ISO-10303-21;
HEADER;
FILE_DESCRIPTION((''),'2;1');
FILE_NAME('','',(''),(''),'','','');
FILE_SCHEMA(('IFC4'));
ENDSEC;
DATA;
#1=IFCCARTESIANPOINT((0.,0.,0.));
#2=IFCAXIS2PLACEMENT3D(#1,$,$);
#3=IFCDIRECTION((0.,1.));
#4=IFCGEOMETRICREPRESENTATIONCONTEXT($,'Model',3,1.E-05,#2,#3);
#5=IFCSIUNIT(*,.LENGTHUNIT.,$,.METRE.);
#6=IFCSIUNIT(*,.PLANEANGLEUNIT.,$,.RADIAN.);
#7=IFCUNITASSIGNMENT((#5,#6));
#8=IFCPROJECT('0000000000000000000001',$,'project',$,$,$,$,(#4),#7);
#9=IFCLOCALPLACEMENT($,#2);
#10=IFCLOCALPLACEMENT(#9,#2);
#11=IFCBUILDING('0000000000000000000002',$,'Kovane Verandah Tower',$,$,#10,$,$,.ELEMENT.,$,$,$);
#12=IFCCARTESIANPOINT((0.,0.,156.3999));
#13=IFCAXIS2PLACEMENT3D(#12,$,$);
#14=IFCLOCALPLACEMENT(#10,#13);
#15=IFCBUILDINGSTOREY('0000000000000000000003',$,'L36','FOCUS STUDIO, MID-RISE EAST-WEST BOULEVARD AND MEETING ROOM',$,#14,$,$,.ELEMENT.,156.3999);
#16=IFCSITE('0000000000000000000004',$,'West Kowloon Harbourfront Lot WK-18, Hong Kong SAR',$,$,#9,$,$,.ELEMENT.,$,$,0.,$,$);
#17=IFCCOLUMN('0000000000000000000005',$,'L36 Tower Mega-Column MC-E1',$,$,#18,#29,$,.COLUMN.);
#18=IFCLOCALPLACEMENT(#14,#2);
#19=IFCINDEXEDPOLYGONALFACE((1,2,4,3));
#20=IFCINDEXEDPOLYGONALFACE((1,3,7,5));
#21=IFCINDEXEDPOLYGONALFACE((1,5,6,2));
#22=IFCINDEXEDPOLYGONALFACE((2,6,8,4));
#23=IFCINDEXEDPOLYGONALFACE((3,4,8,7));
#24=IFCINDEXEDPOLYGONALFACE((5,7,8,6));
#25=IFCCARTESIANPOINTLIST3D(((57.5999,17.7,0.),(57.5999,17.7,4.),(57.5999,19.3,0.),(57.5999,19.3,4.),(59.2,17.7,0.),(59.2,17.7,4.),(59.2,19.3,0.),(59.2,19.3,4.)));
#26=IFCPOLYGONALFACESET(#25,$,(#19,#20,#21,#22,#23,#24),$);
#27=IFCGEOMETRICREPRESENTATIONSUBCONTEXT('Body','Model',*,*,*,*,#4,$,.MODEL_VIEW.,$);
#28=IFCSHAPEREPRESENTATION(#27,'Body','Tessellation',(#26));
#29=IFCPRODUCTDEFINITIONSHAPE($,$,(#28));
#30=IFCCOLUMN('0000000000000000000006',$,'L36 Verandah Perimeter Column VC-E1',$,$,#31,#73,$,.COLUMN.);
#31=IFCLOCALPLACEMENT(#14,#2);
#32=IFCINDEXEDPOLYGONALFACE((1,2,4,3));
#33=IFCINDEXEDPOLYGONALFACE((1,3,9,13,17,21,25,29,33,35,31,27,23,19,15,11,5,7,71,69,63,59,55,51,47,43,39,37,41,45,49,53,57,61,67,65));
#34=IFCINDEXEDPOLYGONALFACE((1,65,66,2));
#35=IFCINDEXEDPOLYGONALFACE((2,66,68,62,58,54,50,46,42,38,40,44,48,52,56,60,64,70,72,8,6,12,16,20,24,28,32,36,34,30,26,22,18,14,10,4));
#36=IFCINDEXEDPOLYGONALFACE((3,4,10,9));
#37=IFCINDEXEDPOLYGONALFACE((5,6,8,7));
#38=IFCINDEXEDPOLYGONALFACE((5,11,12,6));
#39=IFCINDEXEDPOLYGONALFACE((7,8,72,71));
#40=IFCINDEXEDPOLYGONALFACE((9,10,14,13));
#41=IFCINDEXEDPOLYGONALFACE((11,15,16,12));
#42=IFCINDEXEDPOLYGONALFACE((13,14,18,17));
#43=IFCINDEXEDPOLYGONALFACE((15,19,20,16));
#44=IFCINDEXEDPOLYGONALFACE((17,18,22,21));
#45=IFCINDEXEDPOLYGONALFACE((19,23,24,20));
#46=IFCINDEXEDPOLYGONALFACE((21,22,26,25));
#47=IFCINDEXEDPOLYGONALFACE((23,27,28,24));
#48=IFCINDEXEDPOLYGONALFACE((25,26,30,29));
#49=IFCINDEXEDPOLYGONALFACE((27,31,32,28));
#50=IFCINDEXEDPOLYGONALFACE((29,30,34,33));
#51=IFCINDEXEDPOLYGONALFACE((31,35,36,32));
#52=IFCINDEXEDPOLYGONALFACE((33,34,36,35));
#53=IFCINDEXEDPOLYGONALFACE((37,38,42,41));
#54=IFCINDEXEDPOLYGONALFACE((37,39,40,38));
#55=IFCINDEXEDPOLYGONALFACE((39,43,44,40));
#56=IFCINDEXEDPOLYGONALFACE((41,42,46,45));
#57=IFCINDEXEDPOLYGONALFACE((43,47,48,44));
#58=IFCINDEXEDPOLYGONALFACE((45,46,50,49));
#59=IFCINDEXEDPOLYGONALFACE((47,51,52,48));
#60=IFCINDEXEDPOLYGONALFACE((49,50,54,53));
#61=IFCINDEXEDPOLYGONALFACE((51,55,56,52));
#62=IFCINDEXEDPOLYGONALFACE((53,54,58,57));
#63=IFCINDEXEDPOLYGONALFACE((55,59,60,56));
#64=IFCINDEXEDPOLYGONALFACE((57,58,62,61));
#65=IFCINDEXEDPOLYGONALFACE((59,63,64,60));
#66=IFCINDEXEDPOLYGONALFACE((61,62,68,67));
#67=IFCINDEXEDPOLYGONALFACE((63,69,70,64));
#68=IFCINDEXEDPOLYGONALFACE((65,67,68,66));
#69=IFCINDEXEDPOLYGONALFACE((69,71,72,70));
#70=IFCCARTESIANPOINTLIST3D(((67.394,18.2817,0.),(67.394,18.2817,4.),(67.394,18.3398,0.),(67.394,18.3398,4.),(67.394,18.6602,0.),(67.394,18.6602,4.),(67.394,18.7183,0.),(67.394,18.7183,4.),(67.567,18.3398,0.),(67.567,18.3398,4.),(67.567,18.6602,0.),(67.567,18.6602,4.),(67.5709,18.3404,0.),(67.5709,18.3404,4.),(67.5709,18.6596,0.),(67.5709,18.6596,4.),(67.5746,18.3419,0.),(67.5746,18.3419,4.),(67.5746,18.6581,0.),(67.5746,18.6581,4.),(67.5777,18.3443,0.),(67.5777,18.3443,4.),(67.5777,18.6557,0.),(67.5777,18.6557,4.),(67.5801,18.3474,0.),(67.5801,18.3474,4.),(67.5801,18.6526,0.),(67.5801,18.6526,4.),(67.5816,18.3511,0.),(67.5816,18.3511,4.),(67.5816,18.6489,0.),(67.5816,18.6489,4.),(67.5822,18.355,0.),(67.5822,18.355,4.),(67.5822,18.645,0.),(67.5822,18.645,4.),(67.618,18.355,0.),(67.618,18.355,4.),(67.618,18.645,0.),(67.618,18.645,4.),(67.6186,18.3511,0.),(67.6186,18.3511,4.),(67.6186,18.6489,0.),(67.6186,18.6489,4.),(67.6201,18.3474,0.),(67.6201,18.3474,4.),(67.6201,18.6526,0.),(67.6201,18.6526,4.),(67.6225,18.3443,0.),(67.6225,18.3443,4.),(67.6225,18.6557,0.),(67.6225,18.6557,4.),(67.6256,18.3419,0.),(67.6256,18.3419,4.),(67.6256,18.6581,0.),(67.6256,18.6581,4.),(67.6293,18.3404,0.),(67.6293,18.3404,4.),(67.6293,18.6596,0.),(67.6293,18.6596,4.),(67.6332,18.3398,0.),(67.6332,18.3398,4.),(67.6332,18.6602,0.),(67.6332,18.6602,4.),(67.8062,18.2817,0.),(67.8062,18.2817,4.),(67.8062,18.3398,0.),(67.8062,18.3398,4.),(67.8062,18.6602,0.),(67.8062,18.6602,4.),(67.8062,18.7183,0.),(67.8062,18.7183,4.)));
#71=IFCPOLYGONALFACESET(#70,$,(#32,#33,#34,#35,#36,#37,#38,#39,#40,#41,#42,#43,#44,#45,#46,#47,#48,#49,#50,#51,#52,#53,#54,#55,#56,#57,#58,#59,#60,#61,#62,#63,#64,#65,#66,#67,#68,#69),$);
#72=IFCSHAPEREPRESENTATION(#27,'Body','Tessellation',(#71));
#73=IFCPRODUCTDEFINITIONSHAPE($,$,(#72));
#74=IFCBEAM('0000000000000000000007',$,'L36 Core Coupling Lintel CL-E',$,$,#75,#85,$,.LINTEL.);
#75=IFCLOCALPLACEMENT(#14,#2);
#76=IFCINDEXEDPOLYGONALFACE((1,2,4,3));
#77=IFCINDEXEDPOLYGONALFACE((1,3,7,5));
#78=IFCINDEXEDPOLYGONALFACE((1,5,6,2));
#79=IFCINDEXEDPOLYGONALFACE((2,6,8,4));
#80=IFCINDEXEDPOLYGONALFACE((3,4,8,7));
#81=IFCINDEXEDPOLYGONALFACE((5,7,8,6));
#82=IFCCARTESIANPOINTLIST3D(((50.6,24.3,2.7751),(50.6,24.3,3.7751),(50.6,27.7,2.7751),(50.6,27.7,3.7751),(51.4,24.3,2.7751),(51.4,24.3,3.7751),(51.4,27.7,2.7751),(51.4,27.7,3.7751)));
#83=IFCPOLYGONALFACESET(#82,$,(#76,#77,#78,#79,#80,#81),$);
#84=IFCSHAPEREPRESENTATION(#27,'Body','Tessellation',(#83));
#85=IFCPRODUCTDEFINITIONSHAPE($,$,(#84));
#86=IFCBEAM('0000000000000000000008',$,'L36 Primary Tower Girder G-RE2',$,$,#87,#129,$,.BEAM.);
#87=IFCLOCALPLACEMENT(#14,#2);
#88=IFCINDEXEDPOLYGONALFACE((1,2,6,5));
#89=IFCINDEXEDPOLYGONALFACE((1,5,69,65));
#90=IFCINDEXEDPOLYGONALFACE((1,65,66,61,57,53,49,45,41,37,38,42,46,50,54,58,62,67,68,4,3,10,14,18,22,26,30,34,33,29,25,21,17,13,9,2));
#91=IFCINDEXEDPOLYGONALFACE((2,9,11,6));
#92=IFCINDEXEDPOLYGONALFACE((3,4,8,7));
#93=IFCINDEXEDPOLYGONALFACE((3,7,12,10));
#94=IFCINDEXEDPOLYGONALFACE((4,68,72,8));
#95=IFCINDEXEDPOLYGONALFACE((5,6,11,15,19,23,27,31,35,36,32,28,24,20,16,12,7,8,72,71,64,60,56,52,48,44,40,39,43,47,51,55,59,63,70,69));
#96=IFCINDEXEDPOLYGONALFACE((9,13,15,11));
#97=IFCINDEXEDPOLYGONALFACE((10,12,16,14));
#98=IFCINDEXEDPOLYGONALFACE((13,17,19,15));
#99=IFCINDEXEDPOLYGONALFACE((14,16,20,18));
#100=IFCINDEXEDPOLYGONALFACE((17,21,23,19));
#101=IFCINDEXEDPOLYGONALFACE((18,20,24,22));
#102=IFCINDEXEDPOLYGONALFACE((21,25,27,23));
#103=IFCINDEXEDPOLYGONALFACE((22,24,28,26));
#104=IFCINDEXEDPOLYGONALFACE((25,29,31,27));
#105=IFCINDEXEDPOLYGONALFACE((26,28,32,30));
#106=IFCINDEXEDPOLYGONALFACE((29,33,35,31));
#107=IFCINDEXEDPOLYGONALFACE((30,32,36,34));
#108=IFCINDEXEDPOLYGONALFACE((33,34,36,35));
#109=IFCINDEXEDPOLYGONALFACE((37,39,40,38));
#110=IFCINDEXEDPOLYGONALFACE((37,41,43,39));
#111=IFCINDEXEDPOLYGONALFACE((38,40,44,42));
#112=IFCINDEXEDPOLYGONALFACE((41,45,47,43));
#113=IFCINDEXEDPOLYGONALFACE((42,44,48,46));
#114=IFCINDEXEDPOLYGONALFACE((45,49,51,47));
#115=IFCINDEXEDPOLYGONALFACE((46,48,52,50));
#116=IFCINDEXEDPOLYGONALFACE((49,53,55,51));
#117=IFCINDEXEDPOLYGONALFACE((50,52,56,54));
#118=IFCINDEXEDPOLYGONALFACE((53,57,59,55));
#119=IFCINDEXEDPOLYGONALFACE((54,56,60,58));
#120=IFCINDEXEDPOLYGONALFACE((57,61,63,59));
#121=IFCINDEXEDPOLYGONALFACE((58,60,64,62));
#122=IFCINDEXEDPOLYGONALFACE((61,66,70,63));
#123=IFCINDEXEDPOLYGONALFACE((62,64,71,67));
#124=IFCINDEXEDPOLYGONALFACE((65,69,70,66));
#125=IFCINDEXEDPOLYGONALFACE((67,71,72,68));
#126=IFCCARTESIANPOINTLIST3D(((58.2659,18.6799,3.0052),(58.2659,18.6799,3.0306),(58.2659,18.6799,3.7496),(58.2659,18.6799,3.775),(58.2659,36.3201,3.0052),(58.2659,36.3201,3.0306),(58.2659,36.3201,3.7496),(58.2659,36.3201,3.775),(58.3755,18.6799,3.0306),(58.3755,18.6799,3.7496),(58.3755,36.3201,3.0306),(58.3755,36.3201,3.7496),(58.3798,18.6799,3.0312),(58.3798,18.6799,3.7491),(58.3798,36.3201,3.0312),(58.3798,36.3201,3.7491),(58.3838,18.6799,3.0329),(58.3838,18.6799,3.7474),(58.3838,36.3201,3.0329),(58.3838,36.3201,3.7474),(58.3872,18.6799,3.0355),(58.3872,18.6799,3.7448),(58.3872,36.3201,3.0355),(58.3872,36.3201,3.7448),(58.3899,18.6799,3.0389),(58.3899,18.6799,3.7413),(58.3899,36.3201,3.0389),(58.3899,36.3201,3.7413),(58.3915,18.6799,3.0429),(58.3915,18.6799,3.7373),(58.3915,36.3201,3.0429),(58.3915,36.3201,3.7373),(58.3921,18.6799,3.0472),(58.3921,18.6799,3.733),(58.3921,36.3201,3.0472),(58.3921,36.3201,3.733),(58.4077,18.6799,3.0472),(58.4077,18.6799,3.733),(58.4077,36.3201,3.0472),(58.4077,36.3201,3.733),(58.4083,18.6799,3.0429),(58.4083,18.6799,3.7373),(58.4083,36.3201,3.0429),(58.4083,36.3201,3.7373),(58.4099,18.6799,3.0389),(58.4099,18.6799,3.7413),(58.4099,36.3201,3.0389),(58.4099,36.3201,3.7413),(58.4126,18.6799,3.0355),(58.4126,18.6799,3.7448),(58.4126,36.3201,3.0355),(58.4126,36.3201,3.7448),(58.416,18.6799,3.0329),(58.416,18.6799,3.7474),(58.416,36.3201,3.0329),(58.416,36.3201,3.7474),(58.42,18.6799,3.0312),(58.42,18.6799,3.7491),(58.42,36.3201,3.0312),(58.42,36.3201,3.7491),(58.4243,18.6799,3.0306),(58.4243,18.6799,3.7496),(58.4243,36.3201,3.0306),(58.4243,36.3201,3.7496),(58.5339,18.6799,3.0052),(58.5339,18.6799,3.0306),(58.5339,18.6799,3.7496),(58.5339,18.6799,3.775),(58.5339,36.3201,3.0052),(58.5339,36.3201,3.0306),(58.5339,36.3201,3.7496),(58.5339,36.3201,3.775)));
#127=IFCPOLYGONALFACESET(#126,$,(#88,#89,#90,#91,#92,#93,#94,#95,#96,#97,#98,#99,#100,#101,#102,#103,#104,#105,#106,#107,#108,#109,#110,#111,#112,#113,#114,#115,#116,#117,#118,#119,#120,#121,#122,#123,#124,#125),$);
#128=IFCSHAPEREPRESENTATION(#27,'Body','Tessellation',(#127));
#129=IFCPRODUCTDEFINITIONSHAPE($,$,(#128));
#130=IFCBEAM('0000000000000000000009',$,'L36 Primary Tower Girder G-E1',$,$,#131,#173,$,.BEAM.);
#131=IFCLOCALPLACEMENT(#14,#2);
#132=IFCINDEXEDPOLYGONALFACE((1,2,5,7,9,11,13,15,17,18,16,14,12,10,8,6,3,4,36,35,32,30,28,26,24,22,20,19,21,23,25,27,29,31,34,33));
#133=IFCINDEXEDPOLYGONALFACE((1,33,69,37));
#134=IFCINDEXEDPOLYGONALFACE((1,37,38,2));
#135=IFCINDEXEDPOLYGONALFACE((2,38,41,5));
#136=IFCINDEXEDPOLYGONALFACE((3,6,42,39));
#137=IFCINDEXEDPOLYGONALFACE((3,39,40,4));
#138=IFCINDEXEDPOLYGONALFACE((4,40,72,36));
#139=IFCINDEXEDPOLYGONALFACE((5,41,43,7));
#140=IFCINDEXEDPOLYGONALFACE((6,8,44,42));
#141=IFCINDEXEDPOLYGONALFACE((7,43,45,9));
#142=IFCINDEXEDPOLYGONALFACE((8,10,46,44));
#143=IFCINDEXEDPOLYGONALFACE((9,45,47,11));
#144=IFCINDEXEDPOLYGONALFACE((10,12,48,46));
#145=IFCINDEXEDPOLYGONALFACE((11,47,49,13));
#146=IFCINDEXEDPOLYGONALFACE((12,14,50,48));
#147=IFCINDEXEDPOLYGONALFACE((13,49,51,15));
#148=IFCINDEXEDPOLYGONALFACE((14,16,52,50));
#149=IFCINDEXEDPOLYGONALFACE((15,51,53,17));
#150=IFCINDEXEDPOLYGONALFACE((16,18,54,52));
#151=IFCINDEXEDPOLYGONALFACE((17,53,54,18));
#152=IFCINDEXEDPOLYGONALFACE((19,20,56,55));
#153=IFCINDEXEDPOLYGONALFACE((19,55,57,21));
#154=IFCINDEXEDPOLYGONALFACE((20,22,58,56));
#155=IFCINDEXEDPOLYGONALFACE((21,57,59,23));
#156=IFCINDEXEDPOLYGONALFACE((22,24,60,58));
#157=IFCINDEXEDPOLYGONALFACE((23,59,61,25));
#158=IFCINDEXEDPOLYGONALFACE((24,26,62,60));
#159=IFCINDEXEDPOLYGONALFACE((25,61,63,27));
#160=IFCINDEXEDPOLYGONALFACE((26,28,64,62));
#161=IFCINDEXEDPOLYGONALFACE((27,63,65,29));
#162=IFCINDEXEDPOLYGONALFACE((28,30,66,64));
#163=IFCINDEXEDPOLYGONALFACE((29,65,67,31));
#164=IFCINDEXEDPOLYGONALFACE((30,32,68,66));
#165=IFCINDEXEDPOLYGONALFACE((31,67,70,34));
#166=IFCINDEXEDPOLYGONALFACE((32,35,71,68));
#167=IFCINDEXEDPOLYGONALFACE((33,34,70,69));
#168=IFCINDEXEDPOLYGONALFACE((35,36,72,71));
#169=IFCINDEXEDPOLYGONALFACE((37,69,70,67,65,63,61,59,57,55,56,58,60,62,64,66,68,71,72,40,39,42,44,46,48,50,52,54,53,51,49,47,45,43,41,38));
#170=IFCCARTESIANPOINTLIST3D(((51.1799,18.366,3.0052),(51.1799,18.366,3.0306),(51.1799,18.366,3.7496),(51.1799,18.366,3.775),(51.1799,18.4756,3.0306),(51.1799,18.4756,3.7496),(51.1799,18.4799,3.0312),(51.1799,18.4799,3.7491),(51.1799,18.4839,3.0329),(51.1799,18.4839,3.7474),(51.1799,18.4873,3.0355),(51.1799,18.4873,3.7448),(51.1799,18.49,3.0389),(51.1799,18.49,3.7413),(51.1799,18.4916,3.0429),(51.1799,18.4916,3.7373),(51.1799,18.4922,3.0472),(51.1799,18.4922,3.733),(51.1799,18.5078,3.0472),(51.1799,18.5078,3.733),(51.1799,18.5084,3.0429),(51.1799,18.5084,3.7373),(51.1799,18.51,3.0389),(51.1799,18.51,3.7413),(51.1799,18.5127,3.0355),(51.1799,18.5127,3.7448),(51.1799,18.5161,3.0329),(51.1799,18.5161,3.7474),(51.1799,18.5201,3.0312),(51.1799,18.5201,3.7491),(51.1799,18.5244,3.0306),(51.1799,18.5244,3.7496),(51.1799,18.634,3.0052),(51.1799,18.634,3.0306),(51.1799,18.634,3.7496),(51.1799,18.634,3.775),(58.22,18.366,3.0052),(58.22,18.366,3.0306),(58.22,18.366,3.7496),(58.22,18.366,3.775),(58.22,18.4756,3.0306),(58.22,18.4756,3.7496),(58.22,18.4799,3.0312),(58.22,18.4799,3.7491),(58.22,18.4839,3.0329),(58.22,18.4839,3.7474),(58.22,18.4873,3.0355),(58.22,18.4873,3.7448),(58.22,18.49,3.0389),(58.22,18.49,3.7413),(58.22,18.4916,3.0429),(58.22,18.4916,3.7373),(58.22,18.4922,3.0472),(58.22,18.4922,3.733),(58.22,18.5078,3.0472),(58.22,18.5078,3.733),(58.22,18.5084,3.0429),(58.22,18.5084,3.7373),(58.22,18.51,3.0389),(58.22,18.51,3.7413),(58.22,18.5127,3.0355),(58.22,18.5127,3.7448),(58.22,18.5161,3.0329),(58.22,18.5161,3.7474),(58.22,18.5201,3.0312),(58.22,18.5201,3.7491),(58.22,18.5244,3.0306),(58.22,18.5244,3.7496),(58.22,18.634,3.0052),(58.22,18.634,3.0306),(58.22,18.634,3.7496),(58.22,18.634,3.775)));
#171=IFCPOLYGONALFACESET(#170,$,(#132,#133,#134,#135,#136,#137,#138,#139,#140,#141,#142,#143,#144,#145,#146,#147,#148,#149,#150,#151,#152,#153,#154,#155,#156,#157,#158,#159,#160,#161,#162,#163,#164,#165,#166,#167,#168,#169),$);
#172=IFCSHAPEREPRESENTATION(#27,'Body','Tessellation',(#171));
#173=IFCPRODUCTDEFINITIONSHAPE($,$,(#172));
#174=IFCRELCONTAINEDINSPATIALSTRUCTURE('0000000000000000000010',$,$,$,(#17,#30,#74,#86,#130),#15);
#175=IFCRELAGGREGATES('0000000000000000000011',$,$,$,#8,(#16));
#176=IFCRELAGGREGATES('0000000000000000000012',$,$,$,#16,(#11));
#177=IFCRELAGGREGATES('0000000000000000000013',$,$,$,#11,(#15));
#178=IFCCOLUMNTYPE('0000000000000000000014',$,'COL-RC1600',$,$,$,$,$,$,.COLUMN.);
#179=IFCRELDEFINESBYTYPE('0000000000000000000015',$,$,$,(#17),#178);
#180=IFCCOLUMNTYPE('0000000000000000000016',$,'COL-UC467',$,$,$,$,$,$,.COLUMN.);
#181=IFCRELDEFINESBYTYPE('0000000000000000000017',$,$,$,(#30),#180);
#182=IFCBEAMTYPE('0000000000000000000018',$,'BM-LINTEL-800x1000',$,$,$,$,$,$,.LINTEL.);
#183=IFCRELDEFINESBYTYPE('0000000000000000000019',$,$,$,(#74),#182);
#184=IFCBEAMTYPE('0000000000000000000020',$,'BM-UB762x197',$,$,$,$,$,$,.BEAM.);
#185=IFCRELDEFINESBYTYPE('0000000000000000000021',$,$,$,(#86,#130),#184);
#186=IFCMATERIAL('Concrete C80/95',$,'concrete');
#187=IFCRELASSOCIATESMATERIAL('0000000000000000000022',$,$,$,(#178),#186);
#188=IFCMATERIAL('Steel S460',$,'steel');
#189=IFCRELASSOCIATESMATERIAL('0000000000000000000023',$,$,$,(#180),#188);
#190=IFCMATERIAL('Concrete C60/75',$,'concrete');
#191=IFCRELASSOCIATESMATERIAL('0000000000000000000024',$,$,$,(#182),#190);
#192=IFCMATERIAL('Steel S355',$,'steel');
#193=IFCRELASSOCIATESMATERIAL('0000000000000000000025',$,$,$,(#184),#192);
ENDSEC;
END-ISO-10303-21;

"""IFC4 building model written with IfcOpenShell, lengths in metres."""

from ifc_helpers import new_model, si_unit, direction, frame, origin, origin_2d, place, context, subcontext, project, spatial, rectangle, i_section, extrude, material, material_profile, profile_set, type_object, element, save


model = new_model("IFC4")

# Units and contexts
model_context = context("Model", 3, precision=1e-05, world=origin(), true_north=direction((0.0, 1.0)))
body_context = subcontext(model_context, "Body", "Model", "MODEL_VIEW")
ifc_project = project(units=[si_unit("LENGTHUNIT", "METRE"), si_unit("PLANEANGLEUNIT", "RADIAN")], contexts=[model_context])

# Site, building, storey
site_placement = place(None, origin())
site = spatial("IfcSite", under=ifc_project, at=site_placement, Name="West Kowloon Harbourfront Lot WK-18, Hong Kong SAR", CompositionType="ELEMENT", RefElevation=0.0)
building_placement = place(site_placement, origin())
building = spatial("IfcBuilding", under=site, at=building_placement, Name="Kovane Verandah Tower", CompositionType="ELEMENT")
storey_placement = place(building_placement, frame((0.0, 0.0, 156.3999)))
storey = spatial("IfcBuildingStorey", under=building, at=storey_placement, Name="L36", Description="FOCUS STUDIO, MID-RISE EAST-WEST BOULEVARD AND MEETING ROOM", CompositionType="ELEMENT", Elevation=156.3999)

# Columns
ifc_material_1 = material(Name="Concrete C80/95", Category="concrete")
ifc_material_profile_1 = material_profile(ifc_material_1, rectangle(XDim=1.6001, YDim=1.6001, at=origin_2d()), Name="RC1600x1600")
ifc_profile_set_1 = profile_set([ifc_material_profile_1], Name="Concrete C80/95")
column_type_1 = type_object("IfcColumnType", Name="COL-RC1600", PredefinedType="COLUMN", material=ifc_profile_set_1)
column_1_placement = place(storey_placement, frame((58.3999, 18.5, 0.0), z_axis=(0.0, 0.0, 1.0), x_axis=(1.0, 0.0, 0.0)))
element("IfcColumn", 1, at=column_1_placement, inside=storey, type_object=column_type_1, Name="L36 Tower Mega-Column MC-E1", PredefinedType="COLUMN", context=body_context, shape_type="SweptSolid", body=[
    extrude(rectangle(XDim=1.6001, YDim=1.6001, at=origin_2d()), origin(), (0.0, 0.0, 1.0), 4.0),
])
ifc_material_2 = material(Name="Steel S460", Category="steel")
ifc_material_profile_2 = material_profile(ifc_material_2, i_section(OverallWidth=0.4121, OverallDepth=0.4365, WebThickness=0.0359, FlangeThickness=0.0581, FilletRadius=0.0151, at=origin_2d()), Name="UC356x406x467")
ifc_profile_set_2 = profile_set([ifc_material_profile_2], Name="Steel S460")
column_type_2 = type_object("IfcColumnType", Name="COL-UC467", PredefinedType="COLUMN", material=ifc_profile_set_2)
column_2_placement = place(storey_placement, frame((67.6001, 18.5, 0.0), z_axis=(0.0, 0.0, 1.0), x_axis=(1.0, 0.0, 0.0)))
element("IfcColumn", 2, at=column_2_placement, inside=storey, type_object=column_type_2, Name="L36 Verandah Perimeter Column VC-E1", PredefinedType="COLUMN", context=body_context, shape_type="SweptSolid", body=[
    extrude(i_section(OverallWidth=0.4121, OverallDepth=0.4365, WebThickness=0.0359, FlangeThickness=0.0581, FilletRadius=0.0151, at=origin_2d()), origin(), (0.0, 0.0, 1.0), 4.0),
])

# Beams
ifc_material_3 = material(Name="Concrete C60/75", Category="concrete")
ifc_material_profile_3 = material_profile(ifc_material_3, rectangle(XDim=0.8, YDim=1.0, at=origin_2d()), Name="RCB800x1000")
ifc_profile_set_3 = profile_set([ifc_material_profile_3], Name="Concrete C60/75")
beam_type_1 = type_object("IfcBeamType", Name="BM-LINTEL-800x1000", PredefinedType="LINTEL", material=ifc_profile_set_3)
beam_1_placement = place(storey_placement, frame((51.0, 24.3, 3.2751), z_axis=(0.0, 1.0, 0.0), x_axis=(-1.0, 0.0, 0.0)))
element("IfcBeam", 3, at=beam_1_placement, inside=storey, type_object=beam_type_1, Name="L36 Core Coupling Lintel CL-E", PredefinedType="LINTEL", context=body_context, shape_type="SweptSolid", body=[
    extrude(rectangle(XDim=0.8, YDim=1.0, at=origin_2d()), origin(), (0.0, 0.0, 1.0), 3.3999),
])
ifc_material_4 = material(Name="Steel S355", Category="steel")
ifc_material_profile_4 = material_profile(ifc_material_4, i_section(OverallWidth=0.2681, OverallDepth=0.7698, WebThickness=0.0156, FlangeThickness=0.0254, FilletRadius=0.0166, at=origin_2d()), Name="UB762x267x197")
ifc_profile_set_4 = profile_set([ifc_material_profile_4], Name="Steel S355")
beam_type_2 = type_object("IfcBeamType", Name="BM-UB762x197", PredefinedType="BEAM", material=ifc_profile_set_4)
beam_2_placement = place(storey_placement, frame((58.3999, 18.6799, 3.3901), z_axis=(0.0, 1.0, 0.0), x_axis=(-1.0, 0.0, 0.0)))
element("IfcBeam", 4, at=beam_2_placement, inside=storey, type_object=beam_type_2, Name="L36 Primary Tower Girder G-RE2", PredefinedType="BEAM", context=body_context, shape_type="SweptSolid", body=[
    extrude(i_section(OverallWidth=0.2681, OverallDepth=0.7698, WebThickness=0.0156, FlangeThickness=0.0254, FilletRadius=0.0166, at=origin_2d()), origin(), (0.0, 0.0, 1.0), 17.6401),
])
beam_3_placement = place(storey_placement, frame((51.1799, 18.5, 3.3901), z_axis=(1.0, 0.0, 0.0), x_axis=(0.0, 1.0, 0.0)))
element("IfcBeam", 5, at=beam_3_placement, inside=storey, type_object=beam_type_2, Name="L36 Primary Tower Girder G-E1", PredefinedType="BEAM", context=body_context, shape_type="SweptSolid", body=[
    extrude(i_section(OverallWidth=0.2681, OverallDepth=0.7698, WebThickness=0.0156, FlangeThickness=0.0254, FilletRadius=0.0166, at=origin_2d()), origin(), (0.0, 0.0, 1.0), 7.04),
])

save(model, "model.ifc")
